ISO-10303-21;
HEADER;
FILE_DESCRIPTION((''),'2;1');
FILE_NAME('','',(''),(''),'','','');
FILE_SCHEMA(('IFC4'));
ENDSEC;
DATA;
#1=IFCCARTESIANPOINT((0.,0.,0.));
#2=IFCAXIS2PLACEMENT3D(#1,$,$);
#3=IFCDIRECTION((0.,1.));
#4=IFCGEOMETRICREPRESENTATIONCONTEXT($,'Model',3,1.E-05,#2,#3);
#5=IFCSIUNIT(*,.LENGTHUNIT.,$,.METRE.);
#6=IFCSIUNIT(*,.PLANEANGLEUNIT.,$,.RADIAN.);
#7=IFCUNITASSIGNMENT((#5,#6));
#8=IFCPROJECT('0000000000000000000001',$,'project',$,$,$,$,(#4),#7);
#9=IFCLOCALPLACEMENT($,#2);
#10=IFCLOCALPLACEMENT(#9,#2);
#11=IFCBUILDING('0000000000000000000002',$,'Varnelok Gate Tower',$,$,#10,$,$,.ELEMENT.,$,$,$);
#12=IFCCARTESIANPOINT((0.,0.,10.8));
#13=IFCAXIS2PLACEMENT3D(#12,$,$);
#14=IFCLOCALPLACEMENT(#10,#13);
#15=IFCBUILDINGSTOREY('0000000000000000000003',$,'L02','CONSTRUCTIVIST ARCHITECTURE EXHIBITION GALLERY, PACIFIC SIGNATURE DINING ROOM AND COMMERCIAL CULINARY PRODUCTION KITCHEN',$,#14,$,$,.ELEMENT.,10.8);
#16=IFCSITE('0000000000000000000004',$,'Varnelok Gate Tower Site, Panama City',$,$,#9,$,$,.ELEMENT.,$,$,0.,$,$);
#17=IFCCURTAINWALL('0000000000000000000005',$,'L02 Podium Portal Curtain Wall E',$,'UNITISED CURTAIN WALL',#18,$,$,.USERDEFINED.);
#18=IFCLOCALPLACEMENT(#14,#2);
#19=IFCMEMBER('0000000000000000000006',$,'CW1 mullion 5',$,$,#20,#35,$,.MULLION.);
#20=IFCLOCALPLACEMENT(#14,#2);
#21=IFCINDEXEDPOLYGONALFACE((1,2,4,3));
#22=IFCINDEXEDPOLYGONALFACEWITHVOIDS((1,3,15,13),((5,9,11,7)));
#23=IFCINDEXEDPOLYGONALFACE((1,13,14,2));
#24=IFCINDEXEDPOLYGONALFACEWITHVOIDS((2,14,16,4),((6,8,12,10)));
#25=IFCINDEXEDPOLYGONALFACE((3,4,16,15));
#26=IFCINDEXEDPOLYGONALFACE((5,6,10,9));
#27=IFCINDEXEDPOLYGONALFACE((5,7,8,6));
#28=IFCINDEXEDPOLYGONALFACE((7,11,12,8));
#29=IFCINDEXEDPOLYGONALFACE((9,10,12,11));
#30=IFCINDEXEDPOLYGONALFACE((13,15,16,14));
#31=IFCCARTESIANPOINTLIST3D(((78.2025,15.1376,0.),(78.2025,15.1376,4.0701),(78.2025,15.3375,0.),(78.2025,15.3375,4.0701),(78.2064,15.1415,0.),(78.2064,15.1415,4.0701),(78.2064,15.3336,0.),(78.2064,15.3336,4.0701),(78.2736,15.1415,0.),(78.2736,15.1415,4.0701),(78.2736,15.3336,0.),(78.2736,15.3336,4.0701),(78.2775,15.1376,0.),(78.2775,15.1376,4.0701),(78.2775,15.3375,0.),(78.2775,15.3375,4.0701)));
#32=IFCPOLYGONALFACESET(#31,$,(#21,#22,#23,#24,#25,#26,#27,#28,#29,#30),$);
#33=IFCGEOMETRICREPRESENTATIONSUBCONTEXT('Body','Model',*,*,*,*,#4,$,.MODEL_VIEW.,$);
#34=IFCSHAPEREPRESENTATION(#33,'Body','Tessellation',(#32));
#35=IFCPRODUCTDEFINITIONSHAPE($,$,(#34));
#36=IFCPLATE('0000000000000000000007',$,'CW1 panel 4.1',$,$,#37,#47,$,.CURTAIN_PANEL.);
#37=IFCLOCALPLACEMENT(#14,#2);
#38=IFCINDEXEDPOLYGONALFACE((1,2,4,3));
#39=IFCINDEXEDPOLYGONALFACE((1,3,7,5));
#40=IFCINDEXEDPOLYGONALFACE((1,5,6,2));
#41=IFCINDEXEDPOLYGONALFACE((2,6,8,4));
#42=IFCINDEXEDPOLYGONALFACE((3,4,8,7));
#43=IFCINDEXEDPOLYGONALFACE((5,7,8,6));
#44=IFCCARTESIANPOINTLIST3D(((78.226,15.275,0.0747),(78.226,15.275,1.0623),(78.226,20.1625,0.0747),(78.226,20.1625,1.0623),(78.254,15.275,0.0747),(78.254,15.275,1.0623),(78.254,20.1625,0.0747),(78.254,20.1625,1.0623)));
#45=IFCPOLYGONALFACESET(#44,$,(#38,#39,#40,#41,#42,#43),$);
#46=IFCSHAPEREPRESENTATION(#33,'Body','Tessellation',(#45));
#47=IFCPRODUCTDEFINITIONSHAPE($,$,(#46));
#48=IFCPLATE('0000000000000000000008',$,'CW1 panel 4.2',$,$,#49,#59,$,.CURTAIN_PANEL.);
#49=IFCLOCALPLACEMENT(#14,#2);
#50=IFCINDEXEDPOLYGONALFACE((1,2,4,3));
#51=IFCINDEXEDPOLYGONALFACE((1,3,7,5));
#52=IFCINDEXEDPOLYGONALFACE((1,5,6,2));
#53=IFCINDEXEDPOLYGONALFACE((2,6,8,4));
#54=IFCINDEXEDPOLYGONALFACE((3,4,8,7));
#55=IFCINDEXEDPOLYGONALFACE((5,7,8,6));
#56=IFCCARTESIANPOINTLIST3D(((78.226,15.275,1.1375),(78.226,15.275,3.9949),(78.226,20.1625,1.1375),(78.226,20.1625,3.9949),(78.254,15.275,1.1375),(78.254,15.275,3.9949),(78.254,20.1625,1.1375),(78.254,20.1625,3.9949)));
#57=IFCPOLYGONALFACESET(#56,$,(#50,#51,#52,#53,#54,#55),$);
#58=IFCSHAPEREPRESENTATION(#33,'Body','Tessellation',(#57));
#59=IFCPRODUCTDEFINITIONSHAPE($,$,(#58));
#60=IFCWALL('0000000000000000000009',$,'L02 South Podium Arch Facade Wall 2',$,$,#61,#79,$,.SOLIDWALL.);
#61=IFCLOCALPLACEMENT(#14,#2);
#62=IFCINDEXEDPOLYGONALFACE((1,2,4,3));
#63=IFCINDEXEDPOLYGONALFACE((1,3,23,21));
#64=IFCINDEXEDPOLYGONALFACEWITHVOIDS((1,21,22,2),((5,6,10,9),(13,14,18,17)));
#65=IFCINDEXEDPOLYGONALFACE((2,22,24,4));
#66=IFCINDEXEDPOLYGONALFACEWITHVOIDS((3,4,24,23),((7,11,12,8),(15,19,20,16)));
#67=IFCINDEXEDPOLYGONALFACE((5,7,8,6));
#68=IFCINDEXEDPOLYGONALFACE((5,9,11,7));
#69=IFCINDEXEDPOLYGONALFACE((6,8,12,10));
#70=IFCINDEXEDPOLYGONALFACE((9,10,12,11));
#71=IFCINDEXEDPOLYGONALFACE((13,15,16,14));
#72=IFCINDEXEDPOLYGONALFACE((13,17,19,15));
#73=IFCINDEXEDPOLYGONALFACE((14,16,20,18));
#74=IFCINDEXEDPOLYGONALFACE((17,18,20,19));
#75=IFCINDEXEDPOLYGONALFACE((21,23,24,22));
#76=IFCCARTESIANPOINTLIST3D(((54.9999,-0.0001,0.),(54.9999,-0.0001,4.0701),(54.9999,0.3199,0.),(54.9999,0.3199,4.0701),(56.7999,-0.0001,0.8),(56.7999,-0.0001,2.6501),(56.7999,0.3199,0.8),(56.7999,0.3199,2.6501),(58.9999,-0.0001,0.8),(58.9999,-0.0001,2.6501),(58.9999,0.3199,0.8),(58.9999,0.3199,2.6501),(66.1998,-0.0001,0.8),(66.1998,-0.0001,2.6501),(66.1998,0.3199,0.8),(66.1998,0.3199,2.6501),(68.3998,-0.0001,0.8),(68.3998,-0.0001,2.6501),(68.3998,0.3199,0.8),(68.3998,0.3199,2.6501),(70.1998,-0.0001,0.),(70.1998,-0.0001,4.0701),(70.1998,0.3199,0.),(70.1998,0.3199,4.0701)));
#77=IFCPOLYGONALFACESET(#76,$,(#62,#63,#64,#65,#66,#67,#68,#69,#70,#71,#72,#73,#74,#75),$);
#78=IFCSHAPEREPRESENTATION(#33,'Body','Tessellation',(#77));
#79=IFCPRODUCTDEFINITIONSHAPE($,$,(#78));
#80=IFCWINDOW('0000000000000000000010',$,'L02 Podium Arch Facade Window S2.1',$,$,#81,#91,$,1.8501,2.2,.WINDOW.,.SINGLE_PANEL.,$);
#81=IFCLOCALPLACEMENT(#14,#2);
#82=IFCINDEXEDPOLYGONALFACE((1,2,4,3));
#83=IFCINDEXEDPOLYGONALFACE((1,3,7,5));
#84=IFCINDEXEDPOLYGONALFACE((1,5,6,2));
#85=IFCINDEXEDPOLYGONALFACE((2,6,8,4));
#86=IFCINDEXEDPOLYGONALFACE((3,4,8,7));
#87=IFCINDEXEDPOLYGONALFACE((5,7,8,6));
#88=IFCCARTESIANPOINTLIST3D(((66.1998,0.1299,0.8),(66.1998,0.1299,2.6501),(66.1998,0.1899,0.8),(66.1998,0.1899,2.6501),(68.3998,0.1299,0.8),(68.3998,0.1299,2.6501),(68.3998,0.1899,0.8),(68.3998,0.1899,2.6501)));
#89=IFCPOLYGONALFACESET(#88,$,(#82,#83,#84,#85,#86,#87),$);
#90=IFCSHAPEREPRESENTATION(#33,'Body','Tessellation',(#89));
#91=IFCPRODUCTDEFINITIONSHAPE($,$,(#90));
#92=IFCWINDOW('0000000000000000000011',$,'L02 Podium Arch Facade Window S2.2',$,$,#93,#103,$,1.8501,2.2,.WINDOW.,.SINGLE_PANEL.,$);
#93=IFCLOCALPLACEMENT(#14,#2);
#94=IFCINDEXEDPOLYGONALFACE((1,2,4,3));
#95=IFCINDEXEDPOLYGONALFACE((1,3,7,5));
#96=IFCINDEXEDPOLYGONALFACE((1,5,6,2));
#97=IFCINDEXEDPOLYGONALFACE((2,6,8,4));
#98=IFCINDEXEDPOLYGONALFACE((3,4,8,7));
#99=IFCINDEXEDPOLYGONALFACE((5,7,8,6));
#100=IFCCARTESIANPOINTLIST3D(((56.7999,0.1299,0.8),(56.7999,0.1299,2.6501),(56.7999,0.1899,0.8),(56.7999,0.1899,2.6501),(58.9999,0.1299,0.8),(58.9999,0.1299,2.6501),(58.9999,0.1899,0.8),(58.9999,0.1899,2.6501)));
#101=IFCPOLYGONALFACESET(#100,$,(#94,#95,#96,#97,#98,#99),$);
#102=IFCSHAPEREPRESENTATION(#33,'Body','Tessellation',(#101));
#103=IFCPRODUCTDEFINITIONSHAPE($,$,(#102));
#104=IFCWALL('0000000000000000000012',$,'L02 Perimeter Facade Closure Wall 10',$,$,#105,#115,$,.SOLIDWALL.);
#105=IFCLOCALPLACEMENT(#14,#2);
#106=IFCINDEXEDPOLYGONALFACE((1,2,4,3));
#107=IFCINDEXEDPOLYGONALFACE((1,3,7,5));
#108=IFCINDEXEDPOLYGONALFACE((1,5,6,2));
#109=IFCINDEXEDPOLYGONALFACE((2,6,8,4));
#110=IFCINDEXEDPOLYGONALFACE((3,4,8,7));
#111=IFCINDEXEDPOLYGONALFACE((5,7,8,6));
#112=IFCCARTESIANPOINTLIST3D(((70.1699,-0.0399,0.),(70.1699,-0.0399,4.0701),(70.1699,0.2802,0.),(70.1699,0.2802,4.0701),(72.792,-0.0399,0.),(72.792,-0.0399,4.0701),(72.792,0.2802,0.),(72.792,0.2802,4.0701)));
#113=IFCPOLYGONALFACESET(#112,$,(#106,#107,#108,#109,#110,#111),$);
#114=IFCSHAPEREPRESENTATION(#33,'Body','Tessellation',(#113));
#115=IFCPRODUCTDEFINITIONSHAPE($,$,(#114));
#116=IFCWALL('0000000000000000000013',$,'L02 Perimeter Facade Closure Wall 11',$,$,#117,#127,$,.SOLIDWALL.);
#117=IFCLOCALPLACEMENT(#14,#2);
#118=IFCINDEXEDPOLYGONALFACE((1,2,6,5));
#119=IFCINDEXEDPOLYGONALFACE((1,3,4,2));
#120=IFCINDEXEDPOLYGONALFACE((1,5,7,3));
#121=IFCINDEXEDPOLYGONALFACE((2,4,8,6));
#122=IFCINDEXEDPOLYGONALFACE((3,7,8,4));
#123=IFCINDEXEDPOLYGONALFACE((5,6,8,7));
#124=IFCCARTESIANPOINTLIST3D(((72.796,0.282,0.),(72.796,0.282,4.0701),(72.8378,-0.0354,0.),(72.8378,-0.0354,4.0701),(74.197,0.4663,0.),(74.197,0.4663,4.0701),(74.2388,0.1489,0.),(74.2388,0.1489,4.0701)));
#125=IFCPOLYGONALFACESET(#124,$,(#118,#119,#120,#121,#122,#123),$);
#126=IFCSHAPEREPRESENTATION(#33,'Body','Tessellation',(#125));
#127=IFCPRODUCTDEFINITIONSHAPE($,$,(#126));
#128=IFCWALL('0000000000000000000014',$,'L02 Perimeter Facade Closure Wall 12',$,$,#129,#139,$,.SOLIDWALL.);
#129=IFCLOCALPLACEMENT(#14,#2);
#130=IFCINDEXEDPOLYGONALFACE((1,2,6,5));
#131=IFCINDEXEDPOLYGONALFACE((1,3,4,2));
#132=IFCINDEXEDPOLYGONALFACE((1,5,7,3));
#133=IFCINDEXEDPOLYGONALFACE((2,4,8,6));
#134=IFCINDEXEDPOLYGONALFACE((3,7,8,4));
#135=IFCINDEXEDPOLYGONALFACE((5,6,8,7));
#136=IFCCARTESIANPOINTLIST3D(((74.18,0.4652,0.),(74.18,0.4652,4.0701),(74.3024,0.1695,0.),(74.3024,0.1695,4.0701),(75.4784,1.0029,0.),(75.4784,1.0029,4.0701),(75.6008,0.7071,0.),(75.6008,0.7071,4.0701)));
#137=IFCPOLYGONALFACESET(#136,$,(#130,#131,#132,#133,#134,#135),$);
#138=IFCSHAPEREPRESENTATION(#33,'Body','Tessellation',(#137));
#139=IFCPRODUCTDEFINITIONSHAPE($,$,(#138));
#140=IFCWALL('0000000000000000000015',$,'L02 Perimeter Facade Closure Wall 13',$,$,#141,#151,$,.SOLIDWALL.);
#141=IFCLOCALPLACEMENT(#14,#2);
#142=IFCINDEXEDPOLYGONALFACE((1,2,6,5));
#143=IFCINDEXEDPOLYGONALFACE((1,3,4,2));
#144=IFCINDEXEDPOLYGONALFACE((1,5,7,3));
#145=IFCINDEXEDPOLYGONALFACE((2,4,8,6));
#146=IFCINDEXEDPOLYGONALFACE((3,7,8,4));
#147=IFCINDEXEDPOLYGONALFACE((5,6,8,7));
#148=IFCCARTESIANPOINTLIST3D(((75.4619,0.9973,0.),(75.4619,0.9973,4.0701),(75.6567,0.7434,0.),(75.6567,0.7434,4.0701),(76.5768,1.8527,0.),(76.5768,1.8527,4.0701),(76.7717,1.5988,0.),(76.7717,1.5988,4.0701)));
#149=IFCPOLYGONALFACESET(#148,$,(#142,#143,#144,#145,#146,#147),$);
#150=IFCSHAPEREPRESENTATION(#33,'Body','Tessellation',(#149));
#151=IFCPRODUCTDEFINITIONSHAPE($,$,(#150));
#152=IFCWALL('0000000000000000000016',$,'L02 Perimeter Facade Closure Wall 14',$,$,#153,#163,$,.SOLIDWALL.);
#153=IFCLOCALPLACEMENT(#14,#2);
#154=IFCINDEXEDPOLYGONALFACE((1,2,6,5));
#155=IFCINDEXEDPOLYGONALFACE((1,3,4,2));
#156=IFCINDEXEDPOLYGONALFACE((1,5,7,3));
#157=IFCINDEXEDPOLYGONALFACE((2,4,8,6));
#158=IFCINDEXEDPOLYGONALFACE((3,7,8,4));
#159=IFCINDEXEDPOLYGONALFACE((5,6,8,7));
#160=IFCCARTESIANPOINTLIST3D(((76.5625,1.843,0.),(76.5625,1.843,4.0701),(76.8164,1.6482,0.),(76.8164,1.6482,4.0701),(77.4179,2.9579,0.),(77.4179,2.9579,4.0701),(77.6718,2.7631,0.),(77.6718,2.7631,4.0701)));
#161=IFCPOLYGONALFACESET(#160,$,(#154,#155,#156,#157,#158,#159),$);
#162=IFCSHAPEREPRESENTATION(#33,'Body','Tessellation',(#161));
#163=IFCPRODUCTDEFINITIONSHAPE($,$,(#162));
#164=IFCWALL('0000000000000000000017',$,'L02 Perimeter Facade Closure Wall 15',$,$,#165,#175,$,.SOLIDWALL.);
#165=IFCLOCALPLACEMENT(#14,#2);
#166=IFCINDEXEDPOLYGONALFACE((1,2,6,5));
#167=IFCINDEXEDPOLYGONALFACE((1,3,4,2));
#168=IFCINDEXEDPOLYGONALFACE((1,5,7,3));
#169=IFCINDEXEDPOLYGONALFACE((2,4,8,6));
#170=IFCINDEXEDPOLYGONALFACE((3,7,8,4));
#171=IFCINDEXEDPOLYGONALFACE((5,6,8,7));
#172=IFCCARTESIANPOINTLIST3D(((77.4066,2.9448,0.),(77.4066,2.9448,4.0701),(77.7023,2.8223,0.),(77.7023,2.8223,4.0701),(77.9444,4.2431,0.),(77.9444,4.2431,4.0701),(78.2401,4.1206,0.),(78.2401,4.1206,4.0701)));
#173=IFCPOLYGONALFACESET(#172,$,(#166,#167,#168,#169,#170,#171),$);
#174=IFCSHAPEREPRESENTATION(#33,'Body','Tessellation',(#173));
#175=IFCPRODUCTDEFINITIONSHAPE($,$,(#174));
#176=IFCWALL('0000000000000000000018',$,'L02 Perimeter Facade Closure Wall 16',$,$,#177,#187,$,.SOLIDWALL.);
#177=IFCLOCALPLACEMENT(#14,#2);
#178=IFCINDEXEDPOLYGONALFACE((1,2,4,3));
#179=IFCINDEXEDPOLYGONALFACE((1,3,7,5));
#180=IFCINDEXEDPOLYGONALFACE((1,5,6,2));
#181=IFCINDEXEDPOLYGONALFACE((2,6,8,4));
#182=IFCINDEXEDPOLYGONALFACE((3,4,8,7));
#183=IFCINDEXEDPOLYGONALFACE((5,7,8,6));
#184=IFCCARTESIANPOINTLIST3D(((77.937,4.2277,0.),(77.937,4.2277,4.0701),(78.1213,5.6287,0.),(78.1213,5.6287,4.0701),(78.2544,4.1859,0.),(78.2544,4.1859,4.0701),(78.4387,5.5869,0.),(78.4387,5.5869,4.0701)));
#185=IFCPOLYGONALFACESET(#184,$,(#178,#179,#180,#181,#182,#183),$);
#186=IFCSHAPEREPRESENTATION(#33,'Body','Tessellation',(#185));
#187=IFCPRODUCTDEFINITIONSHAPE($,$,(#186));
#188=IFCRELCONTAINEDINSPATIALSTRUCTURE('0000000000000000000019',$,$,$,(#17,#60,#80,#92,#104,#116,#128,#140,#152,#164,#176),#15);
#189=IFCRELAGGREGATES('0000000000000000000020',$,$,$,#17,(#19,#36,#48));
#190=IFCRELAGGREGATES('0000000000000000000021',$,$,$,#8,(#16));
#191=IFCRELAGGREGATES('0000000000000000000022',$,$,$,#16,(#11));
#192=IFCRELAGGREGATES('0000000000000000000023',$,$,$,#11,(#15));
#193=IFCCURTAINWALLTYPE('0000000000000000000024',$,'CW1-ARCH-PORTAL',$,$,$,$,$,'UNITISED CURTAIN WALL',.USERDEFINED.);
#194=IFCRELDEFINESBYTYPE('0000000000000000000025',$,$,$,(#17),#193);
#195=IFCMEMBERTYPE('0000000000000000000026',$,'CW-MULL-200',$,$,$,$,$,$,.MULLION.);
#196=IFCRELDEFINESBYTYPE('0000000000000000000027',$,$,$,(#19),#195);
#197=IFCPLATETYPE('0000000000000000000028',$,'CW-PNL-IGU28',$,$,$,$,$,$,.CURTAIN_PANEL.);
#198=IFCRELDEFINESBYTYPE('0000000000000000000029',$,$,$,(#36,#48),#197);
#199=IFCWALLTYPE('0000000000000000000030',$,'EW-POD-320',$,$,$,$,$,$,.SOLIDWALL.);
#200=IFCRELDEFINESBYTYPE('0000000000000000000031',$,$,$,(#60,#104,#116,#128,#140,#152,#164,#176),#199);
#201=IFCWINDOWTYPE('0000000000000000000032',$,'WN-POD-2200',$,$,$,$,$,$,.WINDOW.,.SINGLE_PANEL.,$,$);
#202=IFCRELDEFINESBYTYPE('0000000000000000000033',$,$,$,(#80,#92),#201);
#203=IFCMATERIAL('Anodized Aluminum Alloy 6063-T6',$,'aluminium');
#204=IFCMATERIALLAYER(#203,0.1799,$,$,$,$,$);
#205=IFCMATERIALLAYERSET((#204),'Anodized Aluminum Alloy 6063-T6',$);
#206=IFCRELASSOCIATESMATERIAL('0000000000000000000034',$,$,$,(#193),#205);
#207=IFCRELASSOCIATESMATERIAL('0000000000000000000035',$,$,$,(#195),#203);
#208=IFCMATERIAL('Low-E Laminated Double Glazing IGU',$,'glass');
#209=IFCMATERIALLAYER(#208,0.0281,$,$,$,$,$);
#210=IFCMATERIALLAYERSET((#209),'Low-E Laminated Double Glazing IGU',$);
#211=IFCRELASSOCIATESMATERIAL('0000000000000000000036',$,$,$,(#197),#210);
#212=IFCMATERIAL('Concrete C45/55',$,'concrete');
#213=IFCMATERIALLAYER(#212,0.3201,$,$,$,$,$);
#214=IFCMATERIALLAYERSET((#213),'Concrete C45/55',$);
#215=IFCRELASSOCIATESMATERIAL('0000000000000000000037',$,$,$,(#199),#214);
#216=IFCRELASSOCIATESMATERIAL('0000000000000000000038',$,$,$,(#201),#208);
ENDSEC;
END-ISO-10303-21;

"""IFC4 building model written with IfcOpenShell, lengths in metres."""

from ifc_helpers import new_model, si_unit, direction, frame, frame_2d, origin, origin_2d, place, context, subcontext, project, spatial, rectangle, hollow_rectangle, extrude, source, transform, mapped, material, layer, layer_set, material_profile, profile_set, type_object, element, fill, aggregate, save


model = new_model("IFC4")

# Units and contexts
model_context = context("Model", 3, precision=1e-05, world=origin(), true_north=direction((0.0, 1.0)))
body_context = subcontext(model_context, "Body", "Model", "MODEL_VIEW")
ifc_project = project(units=[si_unit("LENGTHUNIT", "METRE"), si_unit("PLANEANGLEUNIT", "RADIAN")], contexts=[model_context])

# Site, building, storey
site_placement = place(None, origin())
site = spatial("IfcSite", under=ifc_project, at=site_placement, Name="Varnelok Gate Tower Site, Panama City", CompositionType="ELEMENT", RefElevation=0.0)
building_placement = place(site_placement, origin())
building = spatial("IfcBuilding", under=site, at=building_placement, Name="Varnelok Gate Tower", CompositionType="ELEMENT")
storey_placement = place(building_placement, frame((0.0, 0.0, 10.8)))
storey = spatial("IfcBuildingStorey", under=building, at=storey_placement, Name="L02", Description="CONSTRUCTIVIST ARCHITECTURE EXHIBITION GALLERY, PACIFIC SIGNATURE DINING ROOM AND COMMERCIAL CULINARY PRODUCTION KITCHEN", CompositionType="ELEMENT", Elevation=10.8)

# Curtain wall, member, plates
ifc_material_1 = material(Name="Anodized Aluminum Alloy 6063-T6", Category="aluminium")
ifc_layer_1 = layer(ifc_material_1, 0.1799)
ifc_layer_set_1 = layer_set([ifc_layer_1], Name="Anodized Aluminum Alloy 6063-T6")
curtain_wall_type = type_object("IfcCurtainWallType", Name="CW1-ARCH-PORTAL", ElementType="UNITISED CURTAIN WALL", PredefinedType="USERDEFINED", material=ifc_layer_set_1)
curtain_wall_placement = place(storey_placement, origin())
curtain_wall = element("IfcCurtainWall", 1, at=curtain_wall_placement, inside=storey, type_object=curtain_wall_type, Name="L02 Podium Portal Curtain Wall E", ObjectType="UNITISED CURTAIN WALL", PredefinedType="USERDEFINED")
ifc_material_profile_1 = material_profile(ifc_material_1, hollow_rectangle(XDim=0.075, YDim=0.2, WallThickness=0.0039, at=origin_2d()), Name="ALU200X75X4")
ifc_profile_set_1 = profile_set([ifc_material_profile_1], Name="Anodized Aluminum Alloy 6063-T6")
member_type = type_object("IfcMemberType", Name="CW-MULL-200", PredefinedType="MULLION", material=ifc_profile_set_1)
member_placement = place(storey_placement, frame((78.24, 15.2375, 0.0), z_axis=(0.0, 0.0, 1.0), x_axis=(1.0, 0.0, 0.0)))
member = element("IfcMember", 2, at=member_placement, type_object=member_type, Name="CW1 mullion 5", PredefinedType="MULLION", context=body_context, shape_type="SweptSolid", body=[
    extrude(hollow_rectangle(XDim=0.075, YDim=0.2, WallThickness=0.0039, at=origin_2d()), origin(), (0.0, 0.0, 1.0), 4.0701),
])
ifc_material_2 = material(Name="Low-E Laminated Double Glazing IGU", Category="glass")
ifc_layer_2 = layer(ifc_material_2, 0.0281)
ifc_layer_set_2 = layer_set([ifc_layer_2], Name="Low-E Laminated Double Glazing IGU")
plate_type = type_object("IfcPlateType", Name="CW-PNL-IGU28", PredefinedType="CURTAIN_PANEL", material=ifc_layer_set_2)
shared_shape_1 = source(origin(), body_context, "Body", "SweptSolid", [
    extrude(rectangle(XDim=4.8875, YDim=0.0281, at=origin_2d()), origin(), (0.0, 0.0, 1.0), 0.9875),
])
plate_1_placement = place(storey_placement, frame((78.24, 17.7188, 0.0747), z_axis=(0.0, 0.0, 1.0), x_axis=(0.0, -1.0, 0.0)))
plate_1 = element("IfcPlate", 3, at=plate_1_placement, type_object=plate_type, Name="CW1 panel 4.1", PredefinedType="CURTAIN_PANEL", context=body_context, shape_type="MappedRepresentation", body=[
    mapped(shared_shape_1, transform((0.0, 0.0, 0.0), scale=1.0)),
])
shared_shape_2 = source(origin(), body_context, "Body", "SweptSolid", [
    extrude(rectangle(XDim=4.8875, YDim=0.0281, at=origin_2d()), origin(), (0.0, 0.0, 1.0), 2.8574),
])
plate_2_placement = place(storey_placement, frame((78.24, 17.7188, 1.1375), z_axis=(0.0, 0.0, 1.0), x_axis=(0.0, -1.0, 0.0)))
plate_2 = element("IfcPlate", 4, at=plate_2_placement, type_object=plate_type, Name="CW1 panel 4.2", PredefinedType="CURTAIN_PANEL", context=body_context, shape_type="MappedRepresentation", body=[
    mapped(shared_shape_2, transform((0.0, 0.0, 0.0), scale=1.0)),
])
aggregate(curtain_wall, [member, plate_1, plate_2])

# Wall, openings, windows
ifc_material_3 = material(Name="Concrete C45/55", Category="concrete")
ifc_layer_3 = layer(ifc_material_3, 0.3201)
ifc_layer_set_3 = layer_set([ifc_layer_3], Name="Concrete C45/55")
wall_type_1 = type_object("IfcWallType", Name="EW-POD-320", PredefinedType="SOLIDWALL", material=ifc_layer_set_3)
wall_1_placement = place(storey_placement, frame((70.2, 0.1599, 0.0), z_axis=(0.0, 0.0, 1.0), x_axis=(-1.0, 0.0, 0.0)))
wall_1 = element("IfcWall", 5, at=wall_1_placement, inside=storey, type_object=wall_type_1, Name="L02 South Podium Arch Facade Wall 2", PredefinedType="SOLIDWALL", context=body_context, shape_type="SweptSolid", body=[
    extrude(rectangle(XDim=15.2, YDim=0.3201, at=frame_2d((7.6001, 0.0))), origin(), (0.0, 0.0, 1.0), 4.0701),
])
opening_1_placement = place(wall_1_placement, frame((1.8, 0.0, 0.8)))
opening_1 = element("IfcOpeningElement", 6, at=opening_1_placement, cuts=wall_1, PredefinedType="OPENING", context=body_context, shape_type="SweptSolid", body=[
    extrude(rectangle(XDim=2.2, YDim=1.8501, at=frame_2d((1.1001, 0.925))), frame((0.0, 0.1699, 0.0), z_axis=(0.0, -1.0, 0.0), x_axis=(1.0, 0.0, 0.0)), (0.0, 0.0, 1.0), 0.3401),
])
opening_2_placement = place(wall_1_placement, frame((11.2, 0.0, 0.8)))
opening_2 = element("IfcOpeningElement", 7, at=opening_2_placement, cuts=wall_1, PredefinedType="OPENING", context=body_context, shape_type="SweptSolid", body=[
    extrude(rectangle(XDim=2.2, YDim=1.8501, at=frame_2d((1.1001, 0.925))), frame((0.0, 0.1699, 0.0), z_axis=(0.0, -1.0, 0.0), x_axis=(1.0, 0.0, 0.0)), (0.0, 0.0, 1.0), 0.3401),
])
window_type_1 = type_object("IfcWindowType", Name="WN-POD-2200", PartitioningType="SINGLE_PANEL", PredefinedType="WINDOW", material=ifc_material_2)
window_1_placement = place(opening_1_placement, origin())
window_1 = element("IfcWindow", 8, at=window_1_placement, inside=storey, type_object=window_type_1, Name="L02 Podium Arch Facade Window S2.1", OverallHeight=1.8501, OverallWidth=2.2, PartitioningType="SINGLE_PANEL", PredefinedType="WINDOW", context=body_context, shape_type="SweptSolid", body=[
    extrude(rectangle(XDim=2.2, YDim=1.8501, at=frame_2d((1.1001, 0.925))), frame((0.0, 0.03, 0.0), z_axis=(0.0, -1.0, 0.0), x_axis=(1.0, 0.0, 0.0)), (0.0, 0.0, 1.0), 0.0601),
])
fill(opening_1, window_1)
window_2_placement = place(opening_2_placement, origin())
window_2 = element("IfcWindow", 9, at=window_2_placement, inside=storey, type_object=window_type_1, Name="L02 Podium Arch Facade Window S2.2", OverallHeight=1.8501, OverallWidth=2.2, PartitioningType="SINGLE_PANEL", PredefinedType="WINDOW", context=body_context, shape_type="SweptSolid", body=[
    extrude(rectangle(XDim=2.2, YDim=1.8501, at=frame_2d((1.1001, 0.925))), frame((0.0, 0.03, 0.0), z_axis=(0.0, -1.0, 0.0), x_axis=(1.0, 0.0, 0.0)), (0.0, 0.0, 1.0), 0.0601),
])
fill(opening_2, window_2)

# Walls
wall_2_placement = place(storey_placement, frame((70.1699, 0.1201, 0.0), z_axis=(0.0, 0.0, 1.0), x_axis=(1.0, 0.0, 0.0)))
element("IfcWall", 10, at=wall_2_placement, inside=storey, type_object=wall_type_1, Name="L02 Perimeter Facade Closure Wall 10", PredefinedType="SOLIDWALL", context=body_context, shape_type="SweptSolid", body=[
    extrude(rectangle(XDim=2.6221, YDim=0.3201, at=frame_2d((1.311, 0.0))), origin(), (0.0, 0.0, 1.0), 4.0701),
])
wall_3_placement = place(storey_placement, frame((72.8169, 0.1233, 0.0), z_axis=(0.0, 0.0, 1.0), x_axis=(0.991457, 0.130432, 0.0)))
element("IfcWall", 11, at=wall_3_placement, inside=storey, type_object=wall_type_1, Name="L02 Perimeter Facade Closure Wall 11", PredefinedType="SOLIDWALL", context=body_context, shape_type="SweptSolid", body=[
    extrude(rectangle(XDim=1.4131, YDim=0.3201, at=frame_2d((0.7065, 0.0))), origin(), (0.0, 0.0, 1.0), 4.0701),
])
for number, where, z_axis, x_axis, name in (
    (12, (74.2412, 0.3174, 0.0), (0.0, 0.0, 1.0), (0.923928, 0.382567, 0.0), "L02 Perimeter Facade Closure Wall 12"),
    (13, (75.5593, 0.8704, 0.0), (0.0, 0.0, 1.0), (0.793385, 0.60872, 0.0), "L02 Perimeter Facade Closure Wall 13"),
    (14, (76.6895, 1.7456, 0.0), (0.0, 0.0, 1.0), (0.60872, 0.793385, 0.0), "L02 Perimeter Facade Closure Wall 14"),
    (15, (77.5544, 2.8835, 0.0), (0.0, 0.0, 1.0), (0.382715, 0.923866, 0.0), "L02 Perimeter Facade Closure Wall 15"),
):
    element("IfcWall", number, at=place(storey_placement, frame(where, z_axis=z_axis, x_axis=x_axis)), inside=storey, type_object=wall_type_1, Name=name, PredefinedType="SOLIDWALL", context=body_context, shape_type="SweptSolid", body=[
        extrude(rectangle(XDim=1.4053, YDim=0.3201, at=frame_2d((0.7026, 0.0))), origin(), (0.0, 0.0, 1.0), 4.0701),
    ])
wall_4_placement = place(storey_placement, frame((78.0957, 4.2068, 0.0), z_axis=(0.0, 0.0, 1.0), x_axis=(0.130432, 0.991457, 0.0)))
element("IfcWall", 16, at=wall_4_placement, inside=storey, type_object=wall_type_1, Name="L02 Perimeter Facade Closure Wall 16", PredefinedType="SOLIDWALL", context=body_context, shape_type="SweptSolid", body=[
    extrude(rectangle(XDim=1.4131, YDim=0.3201, at=frame_2d((0.7065, 0.0))), origin(), (0.0, 0.0, 1.0), 4.0701),
])

save(model, "model.ifc")
